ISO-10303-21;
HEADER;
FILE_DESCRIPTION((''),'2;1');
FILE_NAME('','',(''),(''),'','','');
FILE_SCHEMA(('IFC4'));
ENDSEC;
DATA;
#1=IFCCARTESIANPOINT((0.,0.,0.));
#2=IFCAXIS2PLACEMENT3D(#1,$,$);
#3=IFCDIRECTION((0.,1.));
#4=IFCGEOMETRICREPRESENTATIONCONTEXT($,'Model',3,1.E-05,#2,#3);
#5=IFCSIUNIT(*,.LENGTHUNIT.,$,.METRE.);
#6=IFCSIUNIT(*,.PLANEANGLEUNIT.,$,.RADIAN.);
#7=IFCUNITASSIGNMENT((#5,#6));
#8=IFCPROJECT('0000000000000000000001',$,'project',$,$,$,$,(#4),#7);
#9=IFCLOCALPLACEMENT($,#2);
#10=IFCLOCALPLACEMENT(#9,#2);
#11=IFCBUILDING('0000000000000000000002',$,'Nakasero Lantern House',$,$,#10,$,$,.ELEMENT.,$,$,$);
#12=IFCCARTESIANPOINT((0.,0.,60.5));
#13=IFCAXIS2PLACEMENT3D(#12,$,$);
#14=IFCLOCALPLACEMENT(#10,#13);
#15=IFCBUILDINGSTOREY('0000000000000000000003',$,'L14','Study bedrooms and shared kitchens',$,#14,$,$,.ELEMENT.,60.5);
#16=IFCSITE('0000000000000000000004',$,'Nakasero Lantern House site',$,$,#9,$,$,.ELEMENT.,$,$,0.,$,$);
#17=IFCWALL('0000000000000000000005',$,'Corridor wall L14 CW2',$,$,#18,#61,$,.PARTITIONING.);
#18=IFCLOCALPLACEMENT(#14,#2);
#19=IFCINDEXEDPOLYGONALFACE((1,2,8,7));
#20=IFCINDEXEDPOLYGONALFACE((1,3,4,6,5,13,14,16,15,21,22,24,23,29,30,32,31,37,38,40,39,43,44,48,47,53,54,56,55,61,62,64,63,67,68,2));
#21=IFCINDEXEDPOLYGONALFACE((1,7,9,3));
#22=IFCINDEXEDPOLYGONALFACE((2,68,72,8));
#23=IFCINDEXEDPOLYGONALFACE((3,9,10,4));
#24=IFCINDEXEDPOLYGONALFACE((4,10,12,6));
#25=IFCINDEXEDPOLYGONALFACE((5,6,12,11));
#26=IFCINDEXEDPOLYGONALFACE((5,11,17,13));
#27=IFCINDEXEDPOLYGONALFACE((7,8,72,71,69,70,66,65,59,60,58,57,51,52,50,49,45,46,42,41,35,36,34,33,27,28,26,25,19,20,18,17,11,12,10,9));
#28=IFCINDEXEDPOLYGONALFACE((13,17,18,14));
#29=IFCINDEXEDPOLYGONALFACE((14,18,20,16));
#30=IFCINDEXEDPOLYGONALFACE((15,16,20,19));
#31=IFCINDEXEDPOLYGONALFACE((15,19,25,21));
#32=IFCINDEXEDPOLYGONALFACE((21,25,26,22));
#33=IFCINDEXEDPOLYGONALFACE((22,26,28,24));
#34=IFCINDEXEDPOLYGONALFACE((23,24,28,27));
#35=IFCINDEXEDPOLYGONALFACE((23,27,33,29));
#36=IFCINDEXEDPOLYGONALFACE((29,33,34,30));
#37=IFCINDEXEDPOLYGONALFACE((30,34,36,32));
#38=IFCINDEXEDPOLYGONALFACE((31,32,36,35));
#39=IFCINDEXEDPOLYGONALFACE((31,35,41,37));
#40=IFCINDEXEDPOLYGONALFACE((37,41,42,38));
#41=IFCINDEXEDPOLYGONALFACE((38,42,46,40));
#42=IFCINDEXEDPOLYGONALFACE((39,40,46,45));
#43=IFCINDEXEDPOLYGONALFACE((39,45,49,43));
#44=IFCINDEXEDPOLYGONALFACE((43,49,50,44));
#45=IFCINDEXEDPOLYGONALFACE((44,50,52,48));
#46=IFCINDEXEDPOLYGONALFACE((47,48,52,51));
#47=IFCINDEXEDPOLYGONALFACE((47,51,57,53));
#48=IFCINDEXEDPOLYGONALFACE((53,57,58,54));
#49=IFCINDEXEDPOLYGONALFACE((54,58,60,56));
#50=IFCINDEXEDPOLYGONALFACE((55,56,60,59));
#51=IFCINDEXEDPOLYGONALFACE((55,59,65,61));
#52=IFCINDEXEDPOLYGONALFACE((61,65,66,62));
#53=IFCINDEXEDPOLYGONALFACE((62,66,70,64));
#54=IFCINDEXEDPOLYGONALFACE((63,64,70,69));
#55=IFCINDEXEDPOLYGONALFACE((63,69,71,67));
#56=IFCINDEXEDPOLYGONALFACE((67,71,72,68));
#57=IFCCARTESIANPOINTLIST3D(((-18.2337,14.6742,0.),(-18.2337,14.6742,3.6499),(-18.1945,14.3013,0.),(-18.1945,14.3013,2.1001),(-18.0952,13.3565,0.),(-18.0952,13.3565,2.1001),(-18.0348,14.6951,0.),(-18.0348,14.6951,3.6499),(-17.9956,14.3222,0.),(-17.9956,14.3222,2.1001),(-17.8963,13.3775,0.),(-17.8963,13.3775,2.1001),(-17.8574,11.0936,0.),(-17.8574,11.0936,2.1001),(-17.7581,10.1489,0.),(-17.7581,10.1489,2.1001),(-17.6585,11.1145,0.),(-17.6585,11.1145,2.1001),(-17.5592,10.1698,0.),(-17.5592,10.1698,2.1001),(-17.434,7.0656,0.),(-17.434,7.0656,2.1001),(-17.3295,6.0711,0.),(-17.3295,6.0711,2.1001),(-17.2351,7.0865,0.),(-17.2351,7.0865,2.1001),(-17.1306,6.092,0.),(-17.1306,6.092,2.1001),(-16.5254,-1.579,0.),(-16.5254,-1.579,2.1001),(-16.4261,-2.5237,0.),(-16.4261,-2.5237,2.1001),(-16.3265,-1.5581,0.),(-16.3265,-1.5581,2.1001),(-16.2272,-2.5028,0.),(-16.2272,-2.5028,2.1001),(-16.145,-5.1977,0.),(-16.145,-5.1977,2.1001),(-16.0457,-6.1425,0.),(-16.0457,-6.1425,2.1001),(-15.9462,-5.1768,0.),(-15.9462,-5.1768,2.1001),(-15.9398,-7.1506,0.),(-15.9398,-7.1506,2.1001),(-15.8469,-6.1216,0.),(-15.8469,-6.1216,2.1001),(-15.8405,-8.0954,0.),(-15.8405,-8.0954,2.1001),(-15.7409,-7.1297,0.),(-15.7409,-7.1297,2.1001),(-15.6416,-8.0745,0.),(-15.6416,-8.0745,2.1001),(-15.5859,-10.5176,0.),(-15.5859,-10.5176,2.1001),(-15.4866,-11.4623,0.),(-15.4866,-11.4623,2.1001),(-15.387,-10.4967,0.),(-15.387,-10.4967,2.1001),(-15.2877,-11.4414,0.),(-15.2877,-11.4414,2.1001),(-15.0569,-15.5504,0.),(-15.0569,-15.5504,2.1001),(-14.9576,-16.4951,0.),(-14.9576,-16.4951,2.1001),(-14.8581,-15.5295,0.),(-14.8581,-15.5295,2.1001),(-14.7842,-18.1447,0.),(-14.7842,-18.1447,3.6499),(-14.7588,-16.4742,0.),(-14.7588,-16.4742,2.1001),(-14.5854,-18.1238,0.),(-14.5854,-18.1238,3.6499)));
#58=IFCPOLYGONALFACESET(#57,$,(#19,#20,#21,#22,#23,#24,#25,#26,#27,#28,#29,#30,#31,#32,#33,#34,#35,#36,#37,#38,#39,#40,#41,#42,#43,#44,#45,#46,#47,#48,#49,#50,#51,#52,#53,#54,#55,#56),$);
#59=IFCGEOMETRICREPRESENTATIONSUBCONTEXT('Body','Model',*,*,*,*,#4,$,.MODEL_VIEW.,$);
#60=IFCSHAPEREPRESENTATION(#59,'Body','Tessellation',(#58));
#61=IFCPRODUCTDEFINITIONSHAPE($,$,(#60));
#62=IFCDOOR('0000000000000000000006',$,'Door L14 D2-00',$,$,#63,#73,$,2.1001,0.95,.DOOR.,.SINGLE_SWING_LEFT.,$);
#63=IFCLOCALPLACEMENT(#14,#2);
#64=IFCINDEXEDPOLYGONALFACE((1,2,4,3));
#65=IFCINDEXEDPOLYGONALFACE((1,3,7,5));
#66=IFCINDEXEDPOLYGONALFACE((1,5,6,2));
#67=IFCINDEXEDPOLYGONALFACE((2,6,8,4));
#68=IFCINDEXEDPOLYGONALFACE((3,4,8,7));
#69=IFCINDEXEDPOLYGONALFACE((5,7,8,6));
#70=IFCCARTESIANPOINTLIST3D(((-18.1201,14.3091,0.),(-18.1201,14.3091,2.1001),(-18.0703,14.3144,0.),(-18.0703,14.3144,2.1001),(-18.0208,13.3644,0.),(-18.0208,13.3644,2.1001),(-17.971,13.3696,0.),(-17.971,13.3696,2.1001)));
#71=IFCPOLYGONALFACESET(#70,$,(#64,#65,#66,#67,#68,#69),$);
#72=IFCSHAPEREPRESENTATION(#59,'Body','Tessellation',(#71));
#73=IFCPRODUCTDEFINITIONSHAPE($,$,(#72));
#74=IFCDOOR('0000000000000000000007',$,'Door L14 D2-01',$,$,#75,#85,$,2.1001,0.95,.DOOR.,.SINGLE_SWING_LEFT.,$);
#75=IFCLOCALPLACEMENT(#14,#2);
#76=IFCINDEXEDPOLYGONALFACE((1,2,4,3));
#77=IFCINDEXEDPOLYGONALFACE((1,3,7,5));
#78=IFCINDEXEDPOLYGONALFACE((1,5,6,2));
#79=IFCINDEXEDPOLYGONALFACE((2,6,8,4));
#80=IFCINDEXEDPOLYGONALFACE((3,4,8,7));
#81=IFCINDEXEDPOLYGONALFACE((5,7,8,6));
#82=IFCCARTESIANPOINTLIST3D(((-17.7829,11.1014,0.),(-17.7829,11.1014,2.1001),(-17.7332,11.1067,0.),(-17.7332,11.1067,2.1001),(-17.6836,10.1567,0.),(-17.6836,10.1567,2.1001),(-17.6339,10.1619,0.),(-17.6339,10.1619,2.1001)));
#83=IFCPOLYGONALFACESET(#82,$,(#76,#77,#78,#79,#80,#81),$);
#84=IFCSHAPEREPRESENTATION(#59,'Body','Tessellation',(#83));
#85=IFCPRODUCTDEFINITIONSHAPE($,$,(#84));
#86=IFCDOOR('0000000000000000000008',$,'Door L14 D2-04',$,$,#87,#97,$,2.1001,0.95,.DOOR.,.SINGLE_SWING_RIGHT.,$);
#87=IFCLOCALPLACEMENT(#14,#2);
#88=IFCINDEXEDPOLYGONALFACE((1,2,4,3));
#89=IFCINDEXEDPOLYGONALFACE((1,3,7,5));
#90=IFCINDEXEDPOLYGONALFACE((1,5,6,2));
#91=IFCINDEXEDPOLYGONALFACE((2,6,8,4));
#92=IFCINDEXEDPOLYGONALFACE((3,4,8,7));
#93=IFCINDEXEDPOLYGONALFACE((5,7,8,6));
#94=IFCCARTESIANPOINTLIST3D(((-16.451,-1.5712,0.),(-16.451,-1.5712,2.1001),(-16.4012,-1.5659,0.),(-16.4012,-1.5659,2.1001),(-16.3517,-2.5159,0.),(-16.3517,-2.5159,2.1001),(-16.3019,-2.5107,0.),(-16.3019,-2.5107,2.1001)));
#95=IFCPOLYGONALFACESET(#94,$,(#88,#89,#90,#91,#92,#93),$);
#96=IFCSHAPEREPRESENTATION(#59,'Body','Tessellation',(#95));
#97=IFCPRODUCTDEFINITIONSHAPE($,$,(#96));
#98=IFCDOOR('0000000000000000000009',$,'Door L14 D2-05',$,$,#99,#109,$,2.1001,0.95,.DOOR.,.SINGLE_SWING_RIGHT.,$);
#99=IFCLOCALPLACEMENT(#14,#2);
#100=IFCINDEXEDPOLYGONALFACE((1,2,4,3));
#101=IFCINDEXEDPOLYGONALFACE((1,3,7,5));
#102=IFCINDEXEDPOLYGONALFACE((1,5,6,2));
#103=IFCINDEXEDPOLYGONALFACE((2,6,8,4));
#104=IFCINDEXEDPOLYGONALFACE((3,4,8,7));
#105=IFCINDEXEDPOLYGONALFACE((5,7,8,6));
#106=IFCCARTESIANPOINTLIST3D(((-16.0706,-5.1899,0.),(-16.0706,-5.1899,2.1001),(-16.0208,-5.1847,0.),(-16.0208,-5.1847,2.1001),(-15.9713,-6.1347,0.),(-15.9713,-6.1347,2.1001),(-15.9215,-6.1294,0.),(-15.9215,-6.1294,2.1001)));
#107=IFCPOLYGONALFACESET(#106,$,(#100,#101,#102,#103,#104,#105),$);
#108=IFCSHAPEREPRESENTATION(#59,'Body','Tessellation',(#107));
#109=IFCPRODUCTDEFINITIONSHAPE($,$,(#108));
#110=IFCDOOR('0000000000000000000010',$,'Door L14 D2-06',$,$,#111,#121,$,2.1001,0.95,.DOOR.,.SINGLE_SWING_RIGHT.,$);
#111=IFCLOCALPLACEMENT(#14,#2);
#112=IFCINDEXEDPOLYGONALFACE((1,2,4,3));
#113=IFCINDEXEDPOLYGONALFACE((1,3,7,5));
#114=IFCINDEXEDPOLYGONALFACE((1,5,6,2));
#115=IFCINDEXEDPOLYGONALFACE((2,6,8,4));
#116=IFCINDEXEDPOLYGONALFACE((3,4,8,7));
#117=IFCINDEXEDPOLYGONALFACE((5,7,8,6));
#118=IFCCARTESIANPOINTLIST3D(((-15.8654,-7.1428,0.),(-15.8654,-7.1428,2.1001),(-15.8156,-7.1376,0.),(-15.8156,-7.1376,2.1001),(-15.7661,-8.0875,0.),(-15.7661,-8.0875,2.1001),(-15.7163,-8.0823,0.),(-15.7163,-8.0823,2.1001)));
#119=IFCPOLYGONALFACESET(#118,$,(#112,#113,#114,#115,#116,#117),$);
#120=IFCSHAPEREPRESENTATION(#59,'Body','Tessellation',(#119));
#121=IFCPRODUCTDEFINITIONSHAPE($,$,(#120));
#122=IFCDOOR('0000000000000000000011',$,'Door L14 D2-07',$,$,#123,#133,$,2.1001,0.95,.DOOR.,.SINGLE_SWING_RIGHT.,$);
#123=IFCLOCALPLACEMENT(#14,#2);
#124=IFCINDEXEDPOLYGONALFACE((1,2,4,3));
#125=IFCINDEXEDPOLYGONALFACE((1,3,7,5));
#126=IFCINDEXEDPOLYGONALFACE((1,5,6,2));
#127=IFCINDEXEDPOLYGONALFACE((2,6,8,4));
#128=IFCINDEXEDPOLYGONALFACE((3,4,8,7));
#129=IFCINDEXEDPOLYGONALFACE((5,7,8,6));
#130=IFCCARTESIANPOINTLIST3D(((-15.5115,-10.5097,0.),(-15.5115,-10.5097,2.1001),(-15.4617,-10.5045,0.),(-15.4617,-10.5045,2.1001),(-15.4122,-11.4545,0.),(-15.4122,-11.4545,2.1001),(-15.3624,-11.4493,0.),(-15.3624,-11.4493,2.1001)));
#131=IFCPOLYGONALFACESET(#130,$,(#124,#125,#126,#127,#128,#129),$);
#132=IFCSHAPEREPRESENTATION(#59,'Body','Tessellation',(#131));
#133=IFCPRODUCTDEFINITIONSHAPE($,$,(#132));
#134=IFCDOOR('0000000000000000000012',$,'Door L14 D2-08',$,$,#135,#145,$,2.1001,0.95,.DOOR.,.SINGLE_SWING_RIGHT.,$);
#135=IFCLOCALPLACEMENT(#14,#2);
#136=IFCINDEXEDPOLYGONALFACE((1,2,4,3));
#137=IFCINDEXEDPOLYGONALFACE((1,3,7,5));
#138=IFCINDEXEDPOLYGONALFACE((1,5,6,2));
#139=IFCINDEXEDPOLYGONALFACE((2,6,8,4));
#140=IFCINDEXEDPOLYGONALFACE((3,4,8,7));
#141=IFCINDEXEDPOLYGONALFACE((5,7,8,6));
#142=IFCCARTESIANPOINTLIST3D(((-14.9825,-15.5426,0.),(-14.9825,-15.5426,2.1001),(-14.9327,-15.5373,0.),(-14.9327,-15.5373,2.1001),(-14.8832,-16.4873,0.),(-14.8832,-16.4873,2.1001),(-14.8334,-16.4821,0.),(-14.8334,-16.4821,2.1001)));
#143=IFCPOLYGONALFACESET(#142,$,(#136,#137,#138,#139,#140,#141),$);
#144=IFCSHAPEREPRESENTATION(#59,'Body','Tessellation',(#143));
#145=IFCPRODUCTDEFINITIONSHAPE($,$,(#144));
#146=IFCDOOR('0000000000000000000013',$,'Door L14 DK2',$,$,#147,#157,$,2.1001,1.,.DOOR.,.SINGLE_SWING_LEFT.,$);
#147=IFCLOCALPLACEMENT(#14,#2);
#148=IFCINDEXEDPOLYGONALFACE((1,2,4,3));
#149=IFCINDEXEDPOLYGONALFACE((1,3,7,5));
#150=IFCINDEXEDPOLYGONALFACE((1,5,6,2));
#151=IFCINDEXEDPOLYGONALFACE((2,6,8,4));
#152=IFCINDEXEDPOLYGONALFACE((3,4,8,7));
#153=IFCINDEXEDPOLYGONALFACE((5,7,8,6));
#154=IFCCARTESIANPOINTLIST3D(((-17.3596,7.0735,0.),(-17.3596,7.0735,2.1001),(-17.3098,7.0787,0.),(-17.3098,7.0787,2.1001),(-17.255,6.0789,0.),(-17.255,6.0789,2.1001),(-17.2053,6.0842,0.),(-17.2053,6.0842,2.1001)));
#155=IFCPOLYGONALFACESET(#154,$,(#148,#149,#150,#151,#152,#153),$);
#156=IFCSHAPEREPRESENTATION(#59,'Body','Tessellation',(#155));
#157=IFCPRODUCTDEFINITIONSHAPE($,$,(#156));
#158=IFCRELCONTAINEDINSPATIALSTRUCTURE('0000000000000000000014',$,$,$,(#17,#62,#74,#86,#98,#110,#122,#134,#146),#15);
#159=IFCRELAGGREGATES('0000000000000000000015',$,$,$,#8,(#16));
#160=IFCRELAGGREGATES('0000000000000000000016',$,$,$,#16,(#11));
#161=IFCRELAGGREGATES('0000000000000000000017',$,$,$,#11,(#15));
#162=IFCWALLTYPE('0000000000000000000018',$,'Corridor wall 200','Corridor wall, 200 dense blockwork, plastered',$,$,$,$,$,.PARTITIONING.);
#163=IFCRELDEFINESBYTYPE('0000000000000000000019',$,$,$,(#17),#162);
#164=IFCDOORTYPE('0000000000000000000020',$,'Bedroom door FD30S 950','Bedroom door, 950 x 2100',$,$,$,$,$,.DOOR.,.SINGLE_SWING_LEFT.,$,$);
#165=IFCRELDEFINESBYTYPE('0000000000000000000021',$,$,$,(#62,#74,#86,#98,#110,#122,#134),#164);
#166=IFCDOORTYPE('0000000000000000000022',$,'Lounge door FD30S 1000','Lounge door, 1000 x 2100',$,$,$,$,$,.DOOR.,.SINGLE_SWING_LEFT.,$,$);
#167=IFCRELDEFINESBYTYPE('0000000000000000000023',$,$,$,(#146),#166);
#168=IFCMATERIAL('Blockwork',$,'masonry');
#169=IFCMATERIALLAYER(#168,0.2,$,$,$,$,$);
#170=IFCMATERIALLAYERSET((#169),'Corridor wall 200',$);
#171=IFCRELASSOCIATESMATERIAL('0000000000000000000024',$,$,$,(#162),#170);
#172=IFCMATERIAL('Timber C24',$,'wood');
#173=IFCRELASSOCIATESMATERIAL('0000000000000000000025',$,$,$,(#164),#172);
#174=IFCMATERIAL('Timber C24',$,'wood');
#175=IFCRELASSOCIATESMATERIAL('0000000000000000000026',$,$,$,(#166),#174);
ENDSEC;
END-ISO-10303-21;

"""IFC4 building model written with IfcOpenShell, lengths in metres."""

from ifc_helpers import new_model, si_unit, direction, frame, frame_2d, origin, place, context, subcontext, project, spatial, rectangle, extrude, material, layer, layer_set, type_object, element, fill, save


model = new_model("IFC4")

# Units and contexts
model_context = context("Model", 3, precision=1e-05, world=origin(), true_north=direction((0.0, 1.0)))
body_context = subcontext(model_context, "Body", "Model", "MODEL_VIEW")
ifc_project = project(units=[si_unit("LENGTHUNIT", "METRE"), si_unit("PLANEANGLEUNIT", "RADIAN")], contexts=[model_context])

# Site, building, storey
site_placement = place(None, origin())
site = spatial("IfcSite", under=ifc_project, at=site_placement, Name="Nakasero Lantern House site", CompositionType="ELEMENT", RefElevation=0.0)
building_placement = place(site_placement, origin())
building = spatial("IfcBuilding", under=site, at=building_placement, Name="Nakasero Lantern House", CompositionType="ELEMENT")
storey_placement = place(building_placement, frame((0.0, 0.0, 60.5)))
storey = spatial("IfcBuildingStorey", under=building, at=storey_placement, Name="L14", Description="Study bedrooms and shared kitchens", CompositionType="ELEMENT", Elevation=60.5)

# Wall, openings, doors
ifc_material_1 = material(Name="Blockwork", Category="masonry")
ifc_layer_1 = layer(ifc_material_1, 0.2)
ifc_layer_set_1 = layer_set([ifc_layer_1], Name="Corridor wall 200")
wall_type_1 = type_object("IfcWallType", Name="Corridor wall 200", Description="Corridor wall, 200 dense blockwork, plastered", PredefinedType="PARTITIONING", material=ifc_layer_set_1)
wall_1_placement = place(storey_placement, frame((-18.1343, 14.6848, 0.0), z_axis=(0.0, 0.0, 1.0), x_axis=(0.10453, -0.994522, 0.0)))
wall_1 = element("IfcWall", 1, at=wall_1_placement, inside=storey, type_object=wall_type_1, Name="Corridor wall L14 CW2", PredefinedType="PARTITIONING", context=body_context, shape_type="SweptSolid", body=[
    extrude(rectangle(XDim=32.9998, YDim=0.2, at=frame_2d((16.5, 0.0))), origin(), (0.0, 0.0, 1.0), 3.6499),
])
opening_1_placement = place(wall_1_placement, frame((0.375, 0.0, 0.0)))
opening_1 = element("IfcOpeningElement", 2, at=opening_1_placement, cuts=wall_1, PredefinedType="OPENING", context=body_context, shape_type="SweptSolid", body=[
    extrude(rectangle(XDim=0.95, YDim=2.1001, at=frame_2d((0.4751, 1.05))), frame((0.0, 0.1199, 0.0), z_axis=(0.0, -1.0, 0.0), x_axis=(1.0, 0.0, 0.0)), (0.0, 0.0, 1.0), 0.24),
])
opening_2_placement = place(wall_1_placement, frame((3.6003, 0.0, 0.0)))
opening_2 = element("IfcOpeningElement", 3, at=opening_2_placement, cuts=wall_1, PredefinedType="OPENING", context=body_context, shape_type="SweptSolid", body=[
    extrude(rectangle(XDim=0.95, YDim=2.1001, at=frame_2d((0.4751, 1.05))), frame((0.0, 0.1199, 0.0), z_axis=(0.0, -1.0, 0.0), x_axis=(1.0, 0.0, 0.0)), (0.0, 0.0, 1.0), 0.24),
])
opening_3_placement = place(wall_1_placement, frame((16.3428, 0.0, 0.0)))
opening_3 = element("IfcOpeningElement", 4, at=opening_3_placement, cuts=wall_1, PredefinedType="OPENING", context=body_context, shape_type="SweptSolid", body=[
    extrude(rectangle(XDim=0.95, YDim=2.1001, at=frame_2d((0.4751, 1.05))), frame((0.0, 0.1199, 0.0), z_axis=(0.0, -1.0, 0.0), x_axis=(1.0, 0.0, 0.0)), (0.0, 0.0, 1.0), 0.24),
])
opening_4_placement = place(wall_1_placement, frame((19.9814, 0.0, 0.0)))
opening_4 = element("IfcOpeningElement", 5, at=opening_4_placement, cuts=wall_1, PredefinedType="OPENING", context=body_context, shape_type="SweptSolid", body=[
    extrude(rectangle(XDim=0.95, YDim=2.1001, at=frame_2d((0.4751, 1.05))), frame((0.0, 0.1199, 0.0), z_axis=(0.0, -1.0, 0.0), x_axis=(1.0, 0.0, 0.0)), (0.0, 0.0, 1.0), 0.24),
])
opening_5_placement = place(wall_1_placement, frame((21.9451, 0.0, 0.0)))
opening_5 = element("IfcOpeningElement", 6, at=opening_5_placement, cuts=wall_1, PredefinedType="OPENING", context=body_context, shape_type="SweptSolid", body=[
    extrude(rectangle(XDim=0.95, YDim=2.1001, at=frame_2d((0.4751, 1.05))), frame((0.0, 0.1199, 0.0), z_axis=(0.0, -1.0, 0.0), x_axis=(1.0, 0.0, 0.0)), (0.0, 0.0, 1.0), 0.24),
])
opening_6_placement = place(wall_1_placement, frame((25.3306, 0.0, 0.0)))
opening_6 = element("IfcOpeningElement", 7, at=opening_6_placement, cuts=wall_1, PredefinedType="OPENING", context=body_context, shape_type="SweptSolid", body=[
    extrude(rectangle(XDim=0.95, YDim=2.1001, at=frame_2d((0.4751, 1.05))), frame((0.0, 0.1199, 0.0), z_axis=(0.0, -1.0, 0.0), x_axis=(1.0, 0.0, 0.0)), (0.0, 0.0, 1.0), 0.24),
])
opening_7_placement = place(wall_1_placement, frame((30.3911, 0.0, 0.0)))
opening_7 = element("IfcOpeningElement", 8, at=opening_7_placement, cuts=wall_1, PredefinedType="OPENING", context=body_context, shape_type="SweptSolid", body=[
    extrude(rectangle(XDim=0.95, YDim=2.1001, at=frame_2d((0.4751, 1.05))), frame((0.0, 0.1199, 0.0), z_axis=(0.0, -1.0, 0.0), x_axis=(1.0, 0.0, 0.0)), (0.0, 0.0, 1.0), 0.24),
])
opening_8_placement = place(wall_1_placement, frame((7.6506, 0.0, 0.0)))
opening_8 = element("IfcOpeningElement", 9, at=opening_8_placement, cuts=wall_1, PredefinedType="OPENING", context=body_context, shape_type="SweptSolid", body=[
    extrude(rectangle(XDim=1.0, YDim=2.1001, at=frame_2d((0.5, 1.05))), frame((0.0, 0.1199, 0.0), z_axis=(0.0, -1.0, 0.0), x_axis=(1.0, 0.0, 0.0)), (0.0, 0.0, 1.0), 0.24),
])
ifc_material_2 = material(Name="Timber C24", Category="wood")
door_type_1 = type_object("IfcDoorType", Name="Bedroom door FD30S 950", Description="Bedroom door, 950 x 2100", OperationType="SINGLE_SWING_LEFT", PredefinedType="DOOR", material=ifc_material_2)
door_1_placement = place(opening_1_placement, origin())
door_1 = element("IfcDoor", 10, at=door_1_placement, inside=storey, type_object=door_type_1, Name="Door L14 D2-00", OperationType="SINGLE_SWING_LEFT", OverallHeight=2.1001, OverallWidth=0.95, PredefinedType="DOOR", context=body_context, shape_type="SweptSolid", body=[
    extrude(rectangle(XDim=0.95, YDim=2.1001, at=frame_2d((0.4751, 1.05))), frame((0.0, 0.0249, 0.0), z_axis=(0.0, -1.0, 0.0), x_axis=(1.0, 0.0, 0.0)), (0.0, 0.0, 1.0), 0.05),
])
fill(opening_1, door_1)
door_2_placement = place(opening_2_placement, origin())
door_2 = element("IfcDoor", 11, at=door_2_placement, inside=storey, type_object=door_type_1, Name="Door L14 D2-01", OperationType="SINGLE_SWING_LEFT", OverallHeight=2.1001, OverallWidth=0.95, PredefinedType="DOOR", context=body_context, shape_type="SweptSolid", body=[
    extrude(rectangle(XDim=0.95, YDim=2.1001, at=frame_2d((0.4751, 1.05))), frame((0.0, 0.0249, 0.0), z_axis=(0.0, -1.0, 0.0), x_axis=(1.0, 0.0, 0.0)), (0.0, 0.0, 1.0), 0.05),
])
fill(opening_2, door_2)
door_3_placement = place(opening_3_placement, origin())
door_3 = element("IfcDoor", 12, at=door_3_placement, inside=storey, type_object=door_type_1, Name="Door L14 D2-04", OperationType="SINGLE_SWING_RIGHT", OverallHeight=2.1001, OverallWidth=0.95, PredefinedType="DOOR", context=body_context, shape_type="SweptSolid", body=[
    extrude(rectangle(XDim=0.95, YDim=2.1001, at=frame_2d((0.4751, 1.05))), frame((0.0, 0.0249, 0.0), z_axis=(0.0, -1.0, 0.0), x_axis=(1.0, 0.0, 0.0)), (0.0, 0.0, 1.0), 0.05),
])
fill(opening_3, door_3)
door_4_placement = place(opening_4_placement, origin())
door_4 = element("IfcDoor", 13, at=door_4_placement, inside=storey, type_object=door_type_1, Name="Door L14 D2-05", OperationType="SINGLE_SWING_RIGHT", OverallHeight=2.1001, OverallWidth=0.95, PredefinedType="DOOR", context=body_context, shape_type="SweptSolid", body=[
    extrude(rectangle(XDim=0.95, YDim=2.1001, at=frame_2d((0.4751, 1.05))), frame((0.0, 0.0249, 0.0), z_axis=(0.0, -1.0, 0.0), x_axis=(1.0, 0.0, 0.0)), (0.0, 0.0, 1.0), 0.05),
])
fill(opening_4, door_4)
door_5_placement = place(opening_5_placement, origin())
door_5 = element("IfcDoor", 14, at=door_5_placement, inside=storey, type_object=door_type_1, Name="Door L14 D2-06", OperationType="SINGLE_SWING_RIGHT", OverallHeight=2.1001, OverallWidth=0.95, PredefinedType="DOOR", context=body_context, shape_type="SweptSolid", body=[
    extrude(rectangle(XDim=0.95, YDim=2.1001, at=frame_2d((0.4751, 1.05))), frame((0.0, 0.0249, 0.0), z_axis=(0.0, -1.0, 0.0), x_axis=(1.0, 0.0, 0.0)), (0.0, 0.0, 1.0), 0.05),
])
fill(opening_5, door_5)
door_6_placement = place(opening_6_placement, origin())
door_6 = element("IfcDoor", 15, at=door_6_placement, inside=storey, type_object=door_type_1, Name="Door L14 D2-07", OperationType="SINGLE_SWING_RIGHT", OverallHeight=2.1001, OverallWidth=0.95, PredefinedType="DOOR", context=body_context, shape_type="SweptSolid", body=[
    extrude(rectangle(XDim=0.95, YDim=2.1001, at=frame_2d((0.4751, 1.05))), frame((0.0, 0.0249, 0.0), z_axis=(0.0, -1.0, 0.0), x_axis=(1.0, 0.0, 0.0)), (0.0, 0.0, 1.0), 0.05),
])
fill(opening_6, door_6)
door_7_placement = place(opening_7_placement, origin())
door_7 = element("IfcDoor", 16, at=door_7_placement, inside=storey, type_object=door_type_1, Name="Door L14 D2-08", OperationType="SINGLE_SWING_RIGHT", OverallHeight=2.1001, OverallWidth=0.95, PredefinedType="DOOR", context=body_context, shape_type="SweptSolid", body=[
    extrude(rectangle(XDim=0.95, YDim=2.1001, at=frame_2d((0.4751, 1.05))), frame((0.0, 0.0249, 0.0), z_axis=(0.0, -1.0, 0.0), x_axis=(1.0, 0.0, 0.0)), (0.0, 0.0, 1.0), 0.05),
])
fill(opening_7, door_7)
ifc_material_3 = material(Name="Timber C24", Category="wood")
door_type_2 = type_object("IfcDoorType", Name="Lounge door FD30S 1000", Description="Lounge door, 1000 x 2100", OperationType="SINGLE_SWING_LEFT", PredefinedType="DOOR", material=ifc_material_3)
door_8_placement = place(opening_8_placement, origin())
door_8 = element("IfcDoor", 17, at=door_8_placement, inside=storey, type_object=door_type_2, Name="Door L14 DK2", OperationType="SINGLE_SWING_LEFT", OverallHeight=2.1001, OverallWidth=1.0, PredefinedType="DOOR", context=body_context, shape_type="SweptSolid", body=[
    extrude(rectangle(XDim=1.0, YDim=2.1001, at=frame_2d((0.5, 1.05))), frame((0.0, 0.0249, 0.0), z_axis=(0.0, -1.0, 0.0), x_axis=(1.0, 0.0, 0.0)), (0.0, 0.0, 1.0), 0.05),
])
fill(opening_8, door_8)

save(model, "model.ifc")
